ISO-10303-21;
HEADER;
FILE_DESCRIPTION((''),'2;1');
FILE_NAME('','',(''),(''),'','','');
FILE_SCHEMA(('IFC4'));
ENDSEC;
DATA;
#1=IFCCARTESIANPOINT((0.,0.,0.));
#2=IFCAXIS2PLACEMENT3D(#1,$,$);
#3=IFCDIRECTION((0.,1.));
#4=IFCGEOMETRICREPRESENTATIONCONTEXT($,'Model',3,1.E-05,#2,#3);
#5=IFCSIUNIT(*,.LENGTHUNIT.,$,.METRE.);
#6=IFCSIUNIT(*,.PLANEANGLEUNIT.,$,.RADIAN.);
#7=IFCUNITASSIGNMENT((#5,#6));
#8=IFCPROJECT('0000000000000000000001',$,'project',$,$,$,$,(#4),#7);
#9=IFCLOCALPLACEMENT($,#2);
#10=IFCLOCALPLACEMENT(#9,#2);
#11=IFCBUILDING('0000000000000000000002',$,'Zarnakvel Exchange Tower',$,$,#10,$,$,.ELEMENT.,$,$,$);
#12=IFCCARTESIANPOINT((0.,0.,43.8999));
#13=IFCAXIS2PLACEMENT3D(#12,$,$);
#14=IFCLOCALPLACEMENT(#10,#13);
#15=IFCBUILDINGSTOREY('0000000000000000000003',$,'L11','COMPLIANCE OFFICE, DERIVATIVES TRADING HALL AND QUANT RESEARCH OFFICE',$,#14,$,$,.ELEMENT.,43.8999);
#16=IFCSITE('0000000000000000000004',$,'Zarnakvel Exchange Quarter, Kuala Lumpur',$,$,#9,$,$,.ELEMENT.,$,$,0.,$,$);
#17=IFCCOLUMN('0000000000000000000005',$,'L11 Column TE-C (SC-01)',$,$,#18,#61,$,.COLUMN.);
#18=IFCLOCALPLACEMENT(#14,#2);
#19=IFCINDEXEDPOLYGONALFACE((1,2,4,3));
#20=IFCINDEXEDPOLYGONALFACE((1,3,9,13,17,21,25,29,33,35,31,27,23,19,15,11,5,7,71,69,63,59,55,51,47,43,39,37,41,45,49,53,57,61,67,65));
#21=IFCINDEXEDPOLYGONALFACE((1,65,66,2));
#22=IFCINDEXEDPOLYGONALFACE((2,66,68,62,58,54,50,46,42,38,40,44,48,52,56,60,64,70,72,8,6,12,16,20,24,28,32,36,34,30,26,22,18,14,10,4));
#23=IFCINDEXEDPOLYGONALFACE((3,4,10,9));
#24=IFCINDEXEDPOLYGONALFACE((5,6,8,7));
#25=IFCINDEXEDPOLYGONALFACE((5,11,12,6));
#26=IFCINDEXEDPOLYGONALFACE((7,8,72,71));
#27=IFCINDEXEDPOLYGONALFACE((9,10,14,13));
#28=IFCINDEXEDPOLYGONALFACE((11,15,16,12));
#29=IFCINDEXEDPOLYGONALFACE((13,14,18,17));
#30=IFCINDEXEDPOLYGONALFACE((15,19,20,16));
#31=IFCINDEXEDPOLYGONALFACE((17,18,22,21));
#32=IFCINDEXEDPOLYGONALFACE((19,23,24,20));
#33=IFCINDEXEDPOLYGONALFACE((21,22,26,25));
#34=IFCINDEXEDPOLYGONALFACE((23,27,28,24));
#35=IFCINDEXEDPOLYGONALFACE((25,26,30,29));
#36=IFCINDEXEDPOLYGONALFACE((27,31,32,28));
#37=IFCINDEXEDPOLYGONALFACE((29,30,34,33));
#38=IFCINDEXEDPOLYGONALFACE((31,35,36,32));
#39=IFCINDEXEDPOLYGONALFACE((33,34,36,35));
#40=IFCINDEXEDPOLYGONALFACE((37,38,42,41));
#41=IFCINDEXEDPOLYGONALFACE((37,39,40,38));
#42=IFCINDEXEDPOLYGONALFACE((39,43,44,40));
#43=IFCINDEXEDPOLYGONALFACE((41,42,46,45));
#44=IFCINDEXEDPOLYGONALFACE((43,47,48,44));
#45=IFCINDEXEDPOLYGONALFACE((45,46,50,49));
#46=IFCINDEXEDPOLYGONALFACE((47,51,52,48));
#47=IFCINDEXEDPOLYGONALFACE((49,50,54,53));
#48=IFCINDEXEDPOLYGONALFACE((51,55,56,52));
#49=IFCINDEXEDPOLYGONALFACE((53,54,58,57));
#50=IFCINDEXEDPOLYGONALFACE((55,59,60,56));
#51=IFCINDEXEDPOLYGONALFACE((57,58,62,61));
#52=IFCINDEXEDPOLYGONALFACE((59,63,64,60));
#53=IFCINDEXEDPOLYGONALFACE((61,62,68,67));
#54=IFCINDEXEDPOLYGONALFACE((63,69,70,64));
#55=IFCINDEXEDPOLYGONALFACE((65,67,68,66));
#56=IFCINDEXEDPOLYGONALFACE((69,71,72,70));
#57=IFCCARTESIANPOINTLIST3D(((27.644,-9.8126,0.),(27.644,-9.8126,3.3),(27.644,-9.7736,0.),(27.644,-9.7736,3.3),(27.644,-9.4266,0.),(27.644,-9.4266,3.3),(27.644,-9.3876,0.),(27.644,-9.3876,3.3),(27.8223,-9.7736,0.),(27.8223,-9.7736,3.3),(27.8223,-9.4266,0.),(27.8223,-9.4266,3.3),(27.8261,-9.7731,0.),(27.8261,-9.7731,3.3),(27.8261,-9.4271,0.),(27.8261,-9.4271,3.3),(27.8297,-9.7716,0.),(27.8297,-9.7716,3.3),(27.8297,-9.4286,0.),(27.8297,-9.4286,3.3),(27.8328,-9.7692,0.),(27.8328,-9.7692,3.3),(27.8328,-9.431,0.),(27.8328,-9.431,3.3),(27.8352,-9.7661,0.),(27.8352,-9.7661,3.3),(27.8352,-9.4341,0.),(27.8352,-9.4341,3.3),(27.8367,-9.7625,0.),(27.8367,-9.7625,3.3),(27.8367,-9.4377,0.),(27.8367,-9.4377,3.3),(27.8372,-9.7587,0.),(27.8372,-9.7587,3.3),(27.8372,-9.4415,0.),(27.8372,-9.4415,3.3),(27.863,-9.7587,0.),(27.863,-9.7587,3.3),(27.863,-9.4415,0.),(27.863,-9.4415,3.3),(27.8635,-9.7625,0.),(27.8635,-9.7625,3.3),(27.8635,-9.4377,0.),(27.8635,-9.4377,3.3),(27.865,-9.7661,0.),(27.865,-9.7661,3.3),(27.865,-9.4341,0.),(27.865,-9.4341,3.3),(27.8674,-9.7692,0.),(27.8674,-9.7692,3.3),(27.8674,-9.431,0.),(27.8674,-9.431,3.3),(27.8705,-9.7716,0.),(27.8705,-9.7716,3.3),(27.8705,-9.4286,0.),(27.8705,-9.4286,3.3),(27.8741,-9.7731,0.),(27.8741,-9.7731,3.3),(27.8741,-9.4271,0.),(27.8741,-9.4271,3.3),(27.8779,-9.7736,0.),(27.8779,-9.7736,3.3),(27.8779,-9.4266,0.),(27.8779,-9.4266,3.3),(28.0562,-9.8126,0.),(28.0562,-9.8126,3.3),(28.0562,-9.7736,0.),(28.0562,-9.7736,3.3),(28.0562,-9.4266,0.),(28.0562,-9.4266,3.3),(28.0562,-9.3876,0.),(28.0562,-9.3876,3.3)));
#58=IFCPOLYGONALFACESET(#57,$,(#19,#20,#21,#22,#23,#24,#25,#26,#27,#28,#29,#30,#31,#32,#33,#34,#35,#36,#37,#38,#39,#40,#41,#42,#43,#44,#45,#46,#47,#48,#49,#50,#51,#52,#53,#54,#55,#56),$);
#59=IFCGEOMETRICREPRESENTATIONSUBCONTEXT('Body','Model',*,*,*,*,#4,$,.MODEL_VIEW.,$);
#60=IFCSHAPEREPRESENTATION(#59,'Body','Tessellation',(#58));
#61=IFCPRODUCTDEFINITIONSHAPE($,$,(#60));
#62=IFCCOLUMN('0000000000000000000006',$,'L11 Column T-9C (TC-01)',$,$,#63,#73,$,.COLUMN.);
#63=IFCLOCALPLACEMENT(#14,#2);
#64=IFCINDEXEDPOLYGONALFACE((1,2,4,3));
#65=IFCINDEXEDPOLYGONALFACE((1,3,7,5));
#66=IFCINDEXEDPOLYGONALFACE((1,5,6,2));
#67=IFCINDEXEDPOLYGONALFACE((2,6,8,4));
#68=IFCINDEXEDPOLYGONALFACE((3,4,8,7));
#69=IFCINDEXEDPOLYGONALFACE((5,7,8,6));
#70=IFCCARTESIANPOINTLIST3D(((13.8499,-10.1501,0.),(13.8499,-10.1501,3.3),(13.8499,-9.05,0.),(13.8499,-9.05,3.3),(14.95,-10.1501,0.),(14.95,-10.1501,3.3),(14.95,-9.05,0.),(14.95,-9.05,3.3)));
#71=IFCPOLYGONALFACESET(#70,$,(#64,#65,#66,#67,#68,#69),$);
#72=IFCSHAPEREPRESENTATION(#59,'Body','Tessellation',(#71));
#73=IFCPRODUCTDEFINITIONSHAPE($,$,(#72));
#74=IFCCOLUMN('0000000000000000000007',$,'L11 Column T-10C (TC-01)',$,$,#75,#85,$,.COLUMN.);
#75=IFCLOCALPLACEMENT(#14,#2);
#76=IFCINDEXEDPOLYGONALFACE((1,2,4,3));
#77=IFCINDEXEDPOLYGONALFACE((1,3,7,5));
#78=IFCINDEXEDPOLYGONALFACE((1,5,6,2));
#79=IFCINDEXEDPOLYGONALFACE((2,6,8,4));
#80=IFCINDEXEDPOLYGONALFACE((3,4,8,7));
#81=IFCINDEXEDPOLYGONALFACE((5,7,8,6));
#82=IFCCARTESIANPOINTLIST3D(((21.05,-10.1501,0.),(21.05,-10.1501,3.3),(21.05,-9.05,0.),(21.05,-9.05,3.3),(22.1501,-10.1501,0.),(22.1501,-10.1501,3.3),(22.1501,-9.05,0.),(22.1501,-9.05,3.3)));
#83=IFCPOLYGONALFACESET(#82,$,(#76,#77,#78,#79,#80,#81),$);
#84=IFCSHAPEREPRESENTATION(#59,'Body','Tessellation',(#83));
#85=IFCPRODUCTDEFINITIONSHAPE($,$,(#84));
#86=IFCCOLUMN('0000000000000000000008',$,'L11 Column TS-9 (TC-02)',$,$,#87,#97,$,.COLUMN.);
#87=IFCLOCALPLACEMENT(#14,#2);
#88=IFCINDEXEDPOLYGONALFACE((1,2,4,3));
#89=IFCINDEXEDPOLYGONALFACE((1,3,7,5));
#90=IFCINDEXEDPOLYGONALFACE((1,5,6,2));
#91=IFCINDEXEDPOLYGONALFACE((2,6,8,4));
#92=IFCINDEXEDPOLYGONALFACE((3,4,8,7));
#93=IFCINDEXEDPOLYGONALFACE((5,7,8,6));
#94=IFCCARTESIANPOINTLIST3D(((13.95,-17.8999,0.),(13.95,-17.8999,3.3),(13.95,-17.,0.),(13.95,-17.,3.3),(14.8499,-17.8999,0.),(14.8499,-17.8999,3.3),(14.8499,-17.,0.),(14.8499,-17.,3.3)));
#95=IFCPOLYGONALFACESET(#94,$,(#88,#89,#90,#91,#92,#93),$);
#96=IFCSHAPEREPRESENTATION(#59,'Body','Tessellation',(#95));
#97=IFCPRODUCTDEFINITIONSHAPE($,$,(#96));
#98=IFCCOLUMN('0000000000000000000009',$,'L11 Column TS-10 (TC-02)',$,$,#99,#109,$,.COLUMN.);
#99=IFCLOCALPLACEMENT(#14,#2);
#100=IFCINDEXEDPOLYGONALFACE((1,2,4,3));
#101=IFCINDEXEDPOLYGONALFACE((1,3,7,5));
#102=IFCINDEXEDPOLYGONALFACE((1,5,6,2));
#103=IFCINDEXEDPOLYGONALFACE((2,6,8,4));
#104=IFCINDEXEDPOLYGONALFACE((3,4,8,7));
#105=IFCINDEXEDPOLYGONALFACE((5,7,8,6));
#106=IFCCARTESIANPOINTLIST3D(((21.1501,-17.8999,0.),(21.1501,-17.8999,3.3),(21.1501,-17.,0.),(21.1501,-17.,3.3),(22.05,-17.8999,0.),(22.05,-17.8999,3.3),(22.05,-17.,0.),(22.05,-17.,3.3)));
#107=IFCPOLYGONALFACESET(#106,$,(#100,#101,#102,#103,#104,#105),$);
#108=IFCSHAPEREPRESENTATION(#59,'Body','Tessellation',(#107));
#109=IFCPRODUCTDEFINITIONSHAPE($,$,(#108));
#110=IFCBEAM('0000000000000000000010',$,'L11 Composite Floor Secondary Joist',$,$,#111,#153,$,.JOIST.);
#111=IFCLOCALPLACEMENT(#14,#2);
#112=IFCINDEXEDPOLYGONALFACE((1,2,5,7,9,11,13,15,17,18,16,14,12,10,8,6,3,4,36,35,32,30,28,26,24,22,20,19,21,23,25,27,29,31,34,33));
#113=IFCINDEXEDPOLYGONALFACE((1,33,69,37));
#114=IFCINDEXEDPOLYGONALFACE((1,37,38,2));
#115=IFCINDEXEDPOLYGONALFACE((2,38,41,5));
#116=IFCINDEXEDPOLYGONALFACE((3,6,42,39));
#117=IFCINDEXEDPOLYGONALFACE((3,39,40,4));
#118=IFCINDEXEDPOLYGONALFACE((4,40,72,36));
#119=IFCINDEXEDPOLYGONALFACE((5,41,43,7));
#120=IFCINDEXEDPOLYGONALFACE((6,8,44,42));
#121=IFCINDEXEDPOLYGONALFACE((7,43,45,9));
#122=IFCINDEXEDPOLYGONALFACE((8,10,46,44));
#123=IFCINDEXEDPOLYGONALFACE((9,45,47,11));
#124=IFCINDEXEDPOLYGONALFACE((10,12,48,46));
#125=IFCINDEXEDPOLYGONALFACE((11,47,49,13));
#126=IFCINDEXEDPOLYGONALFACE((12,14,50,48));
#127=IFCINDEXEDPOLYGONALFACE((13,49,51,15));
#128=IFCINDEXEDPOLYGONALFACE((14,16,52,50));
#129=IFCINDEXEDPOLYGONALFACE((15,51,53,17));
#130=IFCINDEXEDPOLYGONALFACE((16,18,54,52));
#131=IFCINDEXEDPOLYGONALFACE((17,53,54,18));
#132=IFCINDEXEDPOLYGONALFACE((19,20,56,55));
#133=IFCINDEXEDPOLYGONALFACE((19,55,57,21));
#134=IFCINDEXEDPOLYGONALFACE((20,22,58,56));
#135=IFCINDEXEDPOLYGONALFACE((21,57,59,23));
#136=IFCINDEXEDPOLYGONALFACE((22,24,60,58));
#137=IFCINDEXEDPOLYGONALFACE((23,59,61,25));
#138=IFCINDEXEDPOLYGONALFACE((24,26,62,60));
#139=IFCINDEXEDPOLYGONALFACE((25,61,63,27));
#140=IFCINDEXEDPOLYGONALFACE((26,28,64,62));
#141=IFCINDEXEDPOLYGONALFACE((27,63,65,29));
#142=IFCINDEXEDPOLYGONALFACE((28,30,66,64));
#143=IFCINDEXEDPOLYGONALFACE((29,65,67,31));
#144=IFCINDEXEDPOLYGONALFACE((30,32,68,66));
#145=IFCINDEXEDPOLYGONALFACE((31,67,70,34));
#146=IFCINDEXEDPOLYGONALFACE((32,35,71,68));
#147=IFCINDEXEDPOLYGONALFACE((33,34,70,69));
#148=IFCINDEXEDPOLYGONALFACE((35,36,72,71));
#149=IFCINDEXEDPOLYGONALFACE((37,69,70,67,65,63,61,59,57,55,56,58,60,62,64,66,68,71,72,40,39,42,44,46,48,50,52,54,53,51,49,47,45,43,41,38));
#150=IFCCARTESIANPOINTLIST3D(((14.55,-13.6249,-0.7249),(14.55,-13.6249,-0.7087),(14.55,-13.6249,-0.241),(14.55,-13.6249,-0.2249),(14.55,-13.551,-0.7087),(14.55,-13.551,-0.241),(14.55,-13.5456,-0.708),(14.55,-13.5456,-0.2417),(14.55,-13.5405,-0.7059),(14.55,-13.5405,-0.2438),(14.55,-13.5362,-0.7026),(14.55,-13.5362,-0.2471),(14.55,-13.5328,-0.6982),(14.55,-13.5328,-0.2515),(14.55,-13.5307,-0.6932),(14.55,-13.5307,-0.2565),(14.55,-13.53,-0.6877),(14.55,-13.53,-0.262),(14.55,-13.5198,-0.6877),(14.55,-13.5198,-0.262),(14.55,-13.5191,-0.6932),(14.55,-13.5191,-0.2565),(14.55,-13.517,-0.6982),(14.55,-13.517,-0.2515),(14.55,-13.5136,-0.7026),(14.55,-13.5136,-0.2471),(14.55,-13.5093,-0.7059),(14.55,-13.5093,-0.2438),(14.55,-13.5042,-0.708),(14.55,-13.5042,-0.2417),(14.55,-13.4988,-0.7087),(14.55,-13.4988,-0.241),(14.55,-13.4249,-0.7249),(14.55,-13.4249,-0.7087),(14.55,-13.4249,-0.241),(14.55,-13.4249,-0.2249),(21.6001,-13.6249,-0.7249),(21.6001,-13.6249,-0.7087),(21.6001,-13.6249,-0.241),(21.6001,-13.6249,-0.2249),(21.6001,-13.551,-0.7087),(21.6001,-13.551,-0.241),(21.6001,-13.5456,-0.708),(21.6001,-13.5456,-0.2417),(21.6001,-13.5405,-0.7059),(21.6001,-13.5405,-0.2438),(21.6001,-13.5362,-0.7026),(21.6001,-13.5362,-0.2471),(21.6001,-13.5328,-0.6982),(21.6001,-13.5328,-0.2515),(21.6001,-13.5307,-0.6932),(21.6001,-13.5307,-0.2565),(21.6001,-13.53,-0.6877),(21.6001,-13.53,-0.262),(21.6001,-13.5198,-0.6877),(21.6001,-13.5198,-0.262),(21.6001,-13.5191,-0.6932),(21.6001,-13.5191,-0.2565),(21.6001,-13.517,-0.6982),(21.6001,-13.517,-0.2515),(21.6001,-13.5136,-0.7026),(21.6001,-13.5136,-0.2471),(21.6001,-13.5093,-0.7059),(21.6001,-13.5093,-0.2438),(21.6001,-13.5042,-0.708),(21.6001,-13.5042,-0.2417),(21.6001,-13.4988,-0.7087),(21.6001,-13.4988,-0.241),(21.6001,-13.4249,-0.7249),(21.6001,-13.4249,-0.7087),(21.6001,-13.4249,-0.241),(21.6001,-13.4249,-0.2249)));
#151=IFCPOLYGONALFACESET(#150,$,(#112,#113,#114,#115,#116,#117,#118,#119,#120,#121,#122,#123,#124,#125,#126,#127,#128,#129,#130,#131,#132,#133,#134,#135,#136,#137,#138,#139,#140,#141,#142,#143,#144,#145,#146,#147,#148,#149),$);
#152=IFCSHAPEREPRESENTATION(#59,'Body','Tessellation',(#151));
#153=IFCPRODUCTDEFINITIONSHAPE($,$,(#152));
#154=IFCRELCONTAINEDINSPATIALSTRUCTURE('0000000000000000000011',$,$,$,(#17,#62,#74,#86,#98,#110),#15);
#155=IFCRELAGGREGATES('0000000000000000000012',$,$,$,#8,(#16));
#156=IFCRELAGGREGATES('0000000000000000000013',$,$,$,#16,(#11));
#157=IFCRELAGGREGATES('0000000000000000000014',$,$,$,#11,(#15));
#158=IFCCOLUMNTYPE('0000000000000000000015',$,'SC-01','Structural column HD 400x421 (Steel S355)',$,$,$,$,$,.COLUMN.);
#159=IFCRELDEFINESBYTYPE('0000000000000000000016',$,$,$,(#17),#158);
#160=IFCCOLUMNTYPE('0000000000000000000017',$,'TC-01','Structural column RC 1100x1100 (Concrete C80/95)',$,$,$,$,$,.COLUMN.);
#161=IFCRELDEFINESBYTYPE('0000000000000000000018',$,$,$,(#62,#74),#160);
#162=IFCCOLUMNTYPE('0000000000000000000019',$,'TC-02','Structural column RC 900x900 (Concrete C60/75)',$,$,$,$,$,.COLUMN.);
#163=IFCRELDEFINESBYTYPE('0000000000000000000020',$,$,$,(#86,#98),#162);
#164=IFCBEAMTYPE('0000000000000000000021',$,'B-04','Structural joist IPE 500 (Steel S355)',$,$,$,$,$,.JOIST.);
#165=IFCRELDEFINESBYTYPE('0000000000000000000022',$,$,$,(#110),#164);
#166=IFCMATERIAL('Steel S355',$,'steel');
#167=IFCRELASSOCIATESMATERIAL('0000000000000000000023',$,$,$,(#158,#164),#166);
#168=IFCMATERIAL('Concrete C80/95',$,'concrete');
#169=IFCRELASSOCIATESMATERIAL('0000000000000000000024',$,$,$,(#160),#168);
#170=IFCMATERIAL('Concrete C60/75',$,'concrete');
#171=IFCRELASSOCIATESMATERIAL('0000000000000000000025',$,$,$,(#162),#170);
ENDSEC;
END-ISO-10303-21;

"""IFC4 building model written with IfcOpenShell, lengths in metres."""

from ifc_helpers import new_model, si_unit, direction, frame, origin, origin_2d, place, context, subcontext, project, spatial, rectangle, i_section, extrude, material, material_profile, profile_set, type_object, element, save


model = new_model("IFC4")

# Units and contexts
model_context = context("Model", 3, precision=1e-05, world=origin(), true_north=direction((0.0, 1.0)))
body_context = subcontext(model_context, "Body", "Model", "MODEL_VIEW")
ifc_project = project(units=[si_unit("LENGTHUNIT", "METRE"), si_unit("PLANEANGLEUNIT", "RADIAN")], contexts=[model_context])

# Site, building, storey
site_placement = place(None, origin())
site = spatial("IfcSite", under=ifc_project, at=site_placement, Name="Zarnakvel Exchange Quarter, Kuala Lumpur", CompositionType="ELEMENT", RefElevation=0.0)
building_placement = place(site_placement, origin())
building = spatial("IfcBuilding", under=site, at=building_placement, Name="Zarnakvel Exchange Tower", CompositionType="ELEMENT")
storey_placement = place(building_placement, frame((0.0, 0.0, 43.8999)))
storey = spatial("IfcBuildingStorey", under=building, at=storey_placement, Name="L11", Description="COMPLIANCE OFFICE, DERIVATIVES TRADING HALL AND QUANT RESEARCH OFFICE", CompositionType="ELEMENT", Elevation=43.8999)

# Columns
ifc_material_1 = material(Name="Steel S355", Category="steel")
ifc_material_profile_1 = material_profile(ifc_material_1, i_section(OverallWidth=0.4121, OverallDepth=0.425, WebThickness=0.0259, FlangeThickness=0.0391, FilletRadius=0.0149, at=origin_2d()))
ifc_profile_set_1 = profile_set([ifc_material_profile_1], Name="Steel S355")
column_type_1 = type_object("IfcColumnType", Name="SC-01", Description="Structural column HD 400x421 (Steel S355)", PredefinedType="COLUMN", material=ifc_profile_set_1)
column_placement = place(storey_placement, frame((27.8501, -9.6001, 0.0), z_axis=(0.0, 0.0, 1.0), x_axis=(1.0, 0.0, 0.0)))
element("IfcColumn", 1, at=column_placement, inside=storey, type_object=column_type_1, Name="L11 Column TE-C (SC-01)", PredefinedType="COLUMN", context=body_context, shape_type="SweptSolid", body=[
    extrude(i_section(OverallWidth=0.4121, OverallDepth=0.425, WebThickness=0.0259, FlangeThickness=0.0391, FilletRadius=0.0149, at=origin_2d()), origin(), (0.0, 0.0, 1.0), 3.3),
])
ifc_material_2 = material(Name="Concrete C80/95", Category="concrete")
ifc_material_profile_2 = material_profile(ifc_material_2, rectangle(XDim=1.1001, YDim=1.1001, at=origin_2d()))
ifc_profile_set_2 = profile_set([ifc_material_profile_2], Name="Concrete C80/95")
column_type_2 = type_object("IfcColumnType", Name="TC-01", Description="Structural column RC 1100x1100 (Concrete C80/95)", PredefinedType="COLUMN", material=ifc_profile_set_2)
for number, where, z_axis, x_axis, name in (
    (2, (14.3999, -9.6001, 0.0), (0.0, 0.0, 1.0), (1.0, 0.0, 0.0), "L11 Column T-9C (TC-01)"),
    (3, (21.6001, -9.6001, 0.0), (0.0, 0.0, 1.0), (1.0, 0.0, 0.0), "L11 Column T-10C (TC-01)"),
):
    element("IfcColumn", number, at=place(storey_placement, frame(where, z_axis=z_axis, x_axis=x_axis)), inside=storey, type_object=column_type_2, Name=name, PredefinedType="COLUMN", context=body_context, shape_type="SweptSolid", body=[
        extrude(rectangle(XDim=1.1001, YDim=1.1001, at=origin_2d()), origin(), (0.0, 0.0, 1.0), 3.3),
    ])
ifc_material_3 = material(Name="Concrete C60/75", Category="concrete")
ifc_material_profile_3 = material_profile(ifc_material_3, rectangle(XDim=0.8999, YDim=0.8999, at=origin_2d()))
ifc_profile_set_3 = profile_set([ifc_material_profile_3], Name="Concrete C60/75")
column_type_3 = type_object("IfcColumnType", Name="TC-02", Description="Structural column RC 900x900 (Concrete C60/75)", PredefinedType="COLUMN", material=ifc_profile_set_3)
for number, where, z_axis, x_axis, name in (
    (4, (14.3999, -17.45, 0.0), (0.0, 0.0, 1.0), (1.0, 0.0, 0.0), "L11 Column TS-9 (TC-02)"),
    (5, (21.6001, -17.45, 0.0), (0.0, 0.0, 1.0), (1.0, 0.0, 0.0), "L11 Column TS-10 (TC-02)"),
):
    element("IfcColumn", number, at=place(storey_placement, frame(where, z_axis=z_axis, x_axis=x_axis)), inside=storey, type_object=column_type_3, Name=name, PredefinedType="COLUMN", context=body_context, shape_type="SweptSolid", body=[
        extrude(rectangle(XDim=0.8999, YDim=0.8999, at=origin_2d()), origin(), (0.0, 0.0, 1.0), 3.3),
    ])

# Beam
ifc_material_profile_4 = material_profile(ifc_material_1, i_section(OverallWidth=0.2, OverallDepth=0.5, WebThickness=0.0103, FlangeThickness=0.0161, FilletRadius=0.021, at=origin_2d()))
ifc_profile_set_4 = profile_set([ifc_material_profile_4], Name="Steel S355")
beam_type_1 = type_object("IfcBeamType", Name="B-04", Description="Structural joist IPE 500 (Steel S355)", PredefinedType="JOIST", material=ifc_profile_set_4)
beam_1_placement = place(storey_placement, frame((14.55, -13.5249, -0.4749), z_axis=(1.0, 0.0, 0.0), x_axis=(0.0, 1.0, 0.0)))
element("IfcBeam", 6, at=beam_1_placement, inside=storey, type_object=beam_type_1, Name="L11 Composite Floor Secondary Joist", PredefinedType="JOIST", context=body_context, shape_type="SweptSolid", body=[
    extrude(i_section(OverallWidth=0.2, OverallDepth=0.5, WebThickness=0.0103, FlangeThickness=0.0161, FilletRadius=0.021, at=origin_2d()), origin(), (0.0, 0.0, 1.0), 7.05),
])

save(model, "model.ifc")
